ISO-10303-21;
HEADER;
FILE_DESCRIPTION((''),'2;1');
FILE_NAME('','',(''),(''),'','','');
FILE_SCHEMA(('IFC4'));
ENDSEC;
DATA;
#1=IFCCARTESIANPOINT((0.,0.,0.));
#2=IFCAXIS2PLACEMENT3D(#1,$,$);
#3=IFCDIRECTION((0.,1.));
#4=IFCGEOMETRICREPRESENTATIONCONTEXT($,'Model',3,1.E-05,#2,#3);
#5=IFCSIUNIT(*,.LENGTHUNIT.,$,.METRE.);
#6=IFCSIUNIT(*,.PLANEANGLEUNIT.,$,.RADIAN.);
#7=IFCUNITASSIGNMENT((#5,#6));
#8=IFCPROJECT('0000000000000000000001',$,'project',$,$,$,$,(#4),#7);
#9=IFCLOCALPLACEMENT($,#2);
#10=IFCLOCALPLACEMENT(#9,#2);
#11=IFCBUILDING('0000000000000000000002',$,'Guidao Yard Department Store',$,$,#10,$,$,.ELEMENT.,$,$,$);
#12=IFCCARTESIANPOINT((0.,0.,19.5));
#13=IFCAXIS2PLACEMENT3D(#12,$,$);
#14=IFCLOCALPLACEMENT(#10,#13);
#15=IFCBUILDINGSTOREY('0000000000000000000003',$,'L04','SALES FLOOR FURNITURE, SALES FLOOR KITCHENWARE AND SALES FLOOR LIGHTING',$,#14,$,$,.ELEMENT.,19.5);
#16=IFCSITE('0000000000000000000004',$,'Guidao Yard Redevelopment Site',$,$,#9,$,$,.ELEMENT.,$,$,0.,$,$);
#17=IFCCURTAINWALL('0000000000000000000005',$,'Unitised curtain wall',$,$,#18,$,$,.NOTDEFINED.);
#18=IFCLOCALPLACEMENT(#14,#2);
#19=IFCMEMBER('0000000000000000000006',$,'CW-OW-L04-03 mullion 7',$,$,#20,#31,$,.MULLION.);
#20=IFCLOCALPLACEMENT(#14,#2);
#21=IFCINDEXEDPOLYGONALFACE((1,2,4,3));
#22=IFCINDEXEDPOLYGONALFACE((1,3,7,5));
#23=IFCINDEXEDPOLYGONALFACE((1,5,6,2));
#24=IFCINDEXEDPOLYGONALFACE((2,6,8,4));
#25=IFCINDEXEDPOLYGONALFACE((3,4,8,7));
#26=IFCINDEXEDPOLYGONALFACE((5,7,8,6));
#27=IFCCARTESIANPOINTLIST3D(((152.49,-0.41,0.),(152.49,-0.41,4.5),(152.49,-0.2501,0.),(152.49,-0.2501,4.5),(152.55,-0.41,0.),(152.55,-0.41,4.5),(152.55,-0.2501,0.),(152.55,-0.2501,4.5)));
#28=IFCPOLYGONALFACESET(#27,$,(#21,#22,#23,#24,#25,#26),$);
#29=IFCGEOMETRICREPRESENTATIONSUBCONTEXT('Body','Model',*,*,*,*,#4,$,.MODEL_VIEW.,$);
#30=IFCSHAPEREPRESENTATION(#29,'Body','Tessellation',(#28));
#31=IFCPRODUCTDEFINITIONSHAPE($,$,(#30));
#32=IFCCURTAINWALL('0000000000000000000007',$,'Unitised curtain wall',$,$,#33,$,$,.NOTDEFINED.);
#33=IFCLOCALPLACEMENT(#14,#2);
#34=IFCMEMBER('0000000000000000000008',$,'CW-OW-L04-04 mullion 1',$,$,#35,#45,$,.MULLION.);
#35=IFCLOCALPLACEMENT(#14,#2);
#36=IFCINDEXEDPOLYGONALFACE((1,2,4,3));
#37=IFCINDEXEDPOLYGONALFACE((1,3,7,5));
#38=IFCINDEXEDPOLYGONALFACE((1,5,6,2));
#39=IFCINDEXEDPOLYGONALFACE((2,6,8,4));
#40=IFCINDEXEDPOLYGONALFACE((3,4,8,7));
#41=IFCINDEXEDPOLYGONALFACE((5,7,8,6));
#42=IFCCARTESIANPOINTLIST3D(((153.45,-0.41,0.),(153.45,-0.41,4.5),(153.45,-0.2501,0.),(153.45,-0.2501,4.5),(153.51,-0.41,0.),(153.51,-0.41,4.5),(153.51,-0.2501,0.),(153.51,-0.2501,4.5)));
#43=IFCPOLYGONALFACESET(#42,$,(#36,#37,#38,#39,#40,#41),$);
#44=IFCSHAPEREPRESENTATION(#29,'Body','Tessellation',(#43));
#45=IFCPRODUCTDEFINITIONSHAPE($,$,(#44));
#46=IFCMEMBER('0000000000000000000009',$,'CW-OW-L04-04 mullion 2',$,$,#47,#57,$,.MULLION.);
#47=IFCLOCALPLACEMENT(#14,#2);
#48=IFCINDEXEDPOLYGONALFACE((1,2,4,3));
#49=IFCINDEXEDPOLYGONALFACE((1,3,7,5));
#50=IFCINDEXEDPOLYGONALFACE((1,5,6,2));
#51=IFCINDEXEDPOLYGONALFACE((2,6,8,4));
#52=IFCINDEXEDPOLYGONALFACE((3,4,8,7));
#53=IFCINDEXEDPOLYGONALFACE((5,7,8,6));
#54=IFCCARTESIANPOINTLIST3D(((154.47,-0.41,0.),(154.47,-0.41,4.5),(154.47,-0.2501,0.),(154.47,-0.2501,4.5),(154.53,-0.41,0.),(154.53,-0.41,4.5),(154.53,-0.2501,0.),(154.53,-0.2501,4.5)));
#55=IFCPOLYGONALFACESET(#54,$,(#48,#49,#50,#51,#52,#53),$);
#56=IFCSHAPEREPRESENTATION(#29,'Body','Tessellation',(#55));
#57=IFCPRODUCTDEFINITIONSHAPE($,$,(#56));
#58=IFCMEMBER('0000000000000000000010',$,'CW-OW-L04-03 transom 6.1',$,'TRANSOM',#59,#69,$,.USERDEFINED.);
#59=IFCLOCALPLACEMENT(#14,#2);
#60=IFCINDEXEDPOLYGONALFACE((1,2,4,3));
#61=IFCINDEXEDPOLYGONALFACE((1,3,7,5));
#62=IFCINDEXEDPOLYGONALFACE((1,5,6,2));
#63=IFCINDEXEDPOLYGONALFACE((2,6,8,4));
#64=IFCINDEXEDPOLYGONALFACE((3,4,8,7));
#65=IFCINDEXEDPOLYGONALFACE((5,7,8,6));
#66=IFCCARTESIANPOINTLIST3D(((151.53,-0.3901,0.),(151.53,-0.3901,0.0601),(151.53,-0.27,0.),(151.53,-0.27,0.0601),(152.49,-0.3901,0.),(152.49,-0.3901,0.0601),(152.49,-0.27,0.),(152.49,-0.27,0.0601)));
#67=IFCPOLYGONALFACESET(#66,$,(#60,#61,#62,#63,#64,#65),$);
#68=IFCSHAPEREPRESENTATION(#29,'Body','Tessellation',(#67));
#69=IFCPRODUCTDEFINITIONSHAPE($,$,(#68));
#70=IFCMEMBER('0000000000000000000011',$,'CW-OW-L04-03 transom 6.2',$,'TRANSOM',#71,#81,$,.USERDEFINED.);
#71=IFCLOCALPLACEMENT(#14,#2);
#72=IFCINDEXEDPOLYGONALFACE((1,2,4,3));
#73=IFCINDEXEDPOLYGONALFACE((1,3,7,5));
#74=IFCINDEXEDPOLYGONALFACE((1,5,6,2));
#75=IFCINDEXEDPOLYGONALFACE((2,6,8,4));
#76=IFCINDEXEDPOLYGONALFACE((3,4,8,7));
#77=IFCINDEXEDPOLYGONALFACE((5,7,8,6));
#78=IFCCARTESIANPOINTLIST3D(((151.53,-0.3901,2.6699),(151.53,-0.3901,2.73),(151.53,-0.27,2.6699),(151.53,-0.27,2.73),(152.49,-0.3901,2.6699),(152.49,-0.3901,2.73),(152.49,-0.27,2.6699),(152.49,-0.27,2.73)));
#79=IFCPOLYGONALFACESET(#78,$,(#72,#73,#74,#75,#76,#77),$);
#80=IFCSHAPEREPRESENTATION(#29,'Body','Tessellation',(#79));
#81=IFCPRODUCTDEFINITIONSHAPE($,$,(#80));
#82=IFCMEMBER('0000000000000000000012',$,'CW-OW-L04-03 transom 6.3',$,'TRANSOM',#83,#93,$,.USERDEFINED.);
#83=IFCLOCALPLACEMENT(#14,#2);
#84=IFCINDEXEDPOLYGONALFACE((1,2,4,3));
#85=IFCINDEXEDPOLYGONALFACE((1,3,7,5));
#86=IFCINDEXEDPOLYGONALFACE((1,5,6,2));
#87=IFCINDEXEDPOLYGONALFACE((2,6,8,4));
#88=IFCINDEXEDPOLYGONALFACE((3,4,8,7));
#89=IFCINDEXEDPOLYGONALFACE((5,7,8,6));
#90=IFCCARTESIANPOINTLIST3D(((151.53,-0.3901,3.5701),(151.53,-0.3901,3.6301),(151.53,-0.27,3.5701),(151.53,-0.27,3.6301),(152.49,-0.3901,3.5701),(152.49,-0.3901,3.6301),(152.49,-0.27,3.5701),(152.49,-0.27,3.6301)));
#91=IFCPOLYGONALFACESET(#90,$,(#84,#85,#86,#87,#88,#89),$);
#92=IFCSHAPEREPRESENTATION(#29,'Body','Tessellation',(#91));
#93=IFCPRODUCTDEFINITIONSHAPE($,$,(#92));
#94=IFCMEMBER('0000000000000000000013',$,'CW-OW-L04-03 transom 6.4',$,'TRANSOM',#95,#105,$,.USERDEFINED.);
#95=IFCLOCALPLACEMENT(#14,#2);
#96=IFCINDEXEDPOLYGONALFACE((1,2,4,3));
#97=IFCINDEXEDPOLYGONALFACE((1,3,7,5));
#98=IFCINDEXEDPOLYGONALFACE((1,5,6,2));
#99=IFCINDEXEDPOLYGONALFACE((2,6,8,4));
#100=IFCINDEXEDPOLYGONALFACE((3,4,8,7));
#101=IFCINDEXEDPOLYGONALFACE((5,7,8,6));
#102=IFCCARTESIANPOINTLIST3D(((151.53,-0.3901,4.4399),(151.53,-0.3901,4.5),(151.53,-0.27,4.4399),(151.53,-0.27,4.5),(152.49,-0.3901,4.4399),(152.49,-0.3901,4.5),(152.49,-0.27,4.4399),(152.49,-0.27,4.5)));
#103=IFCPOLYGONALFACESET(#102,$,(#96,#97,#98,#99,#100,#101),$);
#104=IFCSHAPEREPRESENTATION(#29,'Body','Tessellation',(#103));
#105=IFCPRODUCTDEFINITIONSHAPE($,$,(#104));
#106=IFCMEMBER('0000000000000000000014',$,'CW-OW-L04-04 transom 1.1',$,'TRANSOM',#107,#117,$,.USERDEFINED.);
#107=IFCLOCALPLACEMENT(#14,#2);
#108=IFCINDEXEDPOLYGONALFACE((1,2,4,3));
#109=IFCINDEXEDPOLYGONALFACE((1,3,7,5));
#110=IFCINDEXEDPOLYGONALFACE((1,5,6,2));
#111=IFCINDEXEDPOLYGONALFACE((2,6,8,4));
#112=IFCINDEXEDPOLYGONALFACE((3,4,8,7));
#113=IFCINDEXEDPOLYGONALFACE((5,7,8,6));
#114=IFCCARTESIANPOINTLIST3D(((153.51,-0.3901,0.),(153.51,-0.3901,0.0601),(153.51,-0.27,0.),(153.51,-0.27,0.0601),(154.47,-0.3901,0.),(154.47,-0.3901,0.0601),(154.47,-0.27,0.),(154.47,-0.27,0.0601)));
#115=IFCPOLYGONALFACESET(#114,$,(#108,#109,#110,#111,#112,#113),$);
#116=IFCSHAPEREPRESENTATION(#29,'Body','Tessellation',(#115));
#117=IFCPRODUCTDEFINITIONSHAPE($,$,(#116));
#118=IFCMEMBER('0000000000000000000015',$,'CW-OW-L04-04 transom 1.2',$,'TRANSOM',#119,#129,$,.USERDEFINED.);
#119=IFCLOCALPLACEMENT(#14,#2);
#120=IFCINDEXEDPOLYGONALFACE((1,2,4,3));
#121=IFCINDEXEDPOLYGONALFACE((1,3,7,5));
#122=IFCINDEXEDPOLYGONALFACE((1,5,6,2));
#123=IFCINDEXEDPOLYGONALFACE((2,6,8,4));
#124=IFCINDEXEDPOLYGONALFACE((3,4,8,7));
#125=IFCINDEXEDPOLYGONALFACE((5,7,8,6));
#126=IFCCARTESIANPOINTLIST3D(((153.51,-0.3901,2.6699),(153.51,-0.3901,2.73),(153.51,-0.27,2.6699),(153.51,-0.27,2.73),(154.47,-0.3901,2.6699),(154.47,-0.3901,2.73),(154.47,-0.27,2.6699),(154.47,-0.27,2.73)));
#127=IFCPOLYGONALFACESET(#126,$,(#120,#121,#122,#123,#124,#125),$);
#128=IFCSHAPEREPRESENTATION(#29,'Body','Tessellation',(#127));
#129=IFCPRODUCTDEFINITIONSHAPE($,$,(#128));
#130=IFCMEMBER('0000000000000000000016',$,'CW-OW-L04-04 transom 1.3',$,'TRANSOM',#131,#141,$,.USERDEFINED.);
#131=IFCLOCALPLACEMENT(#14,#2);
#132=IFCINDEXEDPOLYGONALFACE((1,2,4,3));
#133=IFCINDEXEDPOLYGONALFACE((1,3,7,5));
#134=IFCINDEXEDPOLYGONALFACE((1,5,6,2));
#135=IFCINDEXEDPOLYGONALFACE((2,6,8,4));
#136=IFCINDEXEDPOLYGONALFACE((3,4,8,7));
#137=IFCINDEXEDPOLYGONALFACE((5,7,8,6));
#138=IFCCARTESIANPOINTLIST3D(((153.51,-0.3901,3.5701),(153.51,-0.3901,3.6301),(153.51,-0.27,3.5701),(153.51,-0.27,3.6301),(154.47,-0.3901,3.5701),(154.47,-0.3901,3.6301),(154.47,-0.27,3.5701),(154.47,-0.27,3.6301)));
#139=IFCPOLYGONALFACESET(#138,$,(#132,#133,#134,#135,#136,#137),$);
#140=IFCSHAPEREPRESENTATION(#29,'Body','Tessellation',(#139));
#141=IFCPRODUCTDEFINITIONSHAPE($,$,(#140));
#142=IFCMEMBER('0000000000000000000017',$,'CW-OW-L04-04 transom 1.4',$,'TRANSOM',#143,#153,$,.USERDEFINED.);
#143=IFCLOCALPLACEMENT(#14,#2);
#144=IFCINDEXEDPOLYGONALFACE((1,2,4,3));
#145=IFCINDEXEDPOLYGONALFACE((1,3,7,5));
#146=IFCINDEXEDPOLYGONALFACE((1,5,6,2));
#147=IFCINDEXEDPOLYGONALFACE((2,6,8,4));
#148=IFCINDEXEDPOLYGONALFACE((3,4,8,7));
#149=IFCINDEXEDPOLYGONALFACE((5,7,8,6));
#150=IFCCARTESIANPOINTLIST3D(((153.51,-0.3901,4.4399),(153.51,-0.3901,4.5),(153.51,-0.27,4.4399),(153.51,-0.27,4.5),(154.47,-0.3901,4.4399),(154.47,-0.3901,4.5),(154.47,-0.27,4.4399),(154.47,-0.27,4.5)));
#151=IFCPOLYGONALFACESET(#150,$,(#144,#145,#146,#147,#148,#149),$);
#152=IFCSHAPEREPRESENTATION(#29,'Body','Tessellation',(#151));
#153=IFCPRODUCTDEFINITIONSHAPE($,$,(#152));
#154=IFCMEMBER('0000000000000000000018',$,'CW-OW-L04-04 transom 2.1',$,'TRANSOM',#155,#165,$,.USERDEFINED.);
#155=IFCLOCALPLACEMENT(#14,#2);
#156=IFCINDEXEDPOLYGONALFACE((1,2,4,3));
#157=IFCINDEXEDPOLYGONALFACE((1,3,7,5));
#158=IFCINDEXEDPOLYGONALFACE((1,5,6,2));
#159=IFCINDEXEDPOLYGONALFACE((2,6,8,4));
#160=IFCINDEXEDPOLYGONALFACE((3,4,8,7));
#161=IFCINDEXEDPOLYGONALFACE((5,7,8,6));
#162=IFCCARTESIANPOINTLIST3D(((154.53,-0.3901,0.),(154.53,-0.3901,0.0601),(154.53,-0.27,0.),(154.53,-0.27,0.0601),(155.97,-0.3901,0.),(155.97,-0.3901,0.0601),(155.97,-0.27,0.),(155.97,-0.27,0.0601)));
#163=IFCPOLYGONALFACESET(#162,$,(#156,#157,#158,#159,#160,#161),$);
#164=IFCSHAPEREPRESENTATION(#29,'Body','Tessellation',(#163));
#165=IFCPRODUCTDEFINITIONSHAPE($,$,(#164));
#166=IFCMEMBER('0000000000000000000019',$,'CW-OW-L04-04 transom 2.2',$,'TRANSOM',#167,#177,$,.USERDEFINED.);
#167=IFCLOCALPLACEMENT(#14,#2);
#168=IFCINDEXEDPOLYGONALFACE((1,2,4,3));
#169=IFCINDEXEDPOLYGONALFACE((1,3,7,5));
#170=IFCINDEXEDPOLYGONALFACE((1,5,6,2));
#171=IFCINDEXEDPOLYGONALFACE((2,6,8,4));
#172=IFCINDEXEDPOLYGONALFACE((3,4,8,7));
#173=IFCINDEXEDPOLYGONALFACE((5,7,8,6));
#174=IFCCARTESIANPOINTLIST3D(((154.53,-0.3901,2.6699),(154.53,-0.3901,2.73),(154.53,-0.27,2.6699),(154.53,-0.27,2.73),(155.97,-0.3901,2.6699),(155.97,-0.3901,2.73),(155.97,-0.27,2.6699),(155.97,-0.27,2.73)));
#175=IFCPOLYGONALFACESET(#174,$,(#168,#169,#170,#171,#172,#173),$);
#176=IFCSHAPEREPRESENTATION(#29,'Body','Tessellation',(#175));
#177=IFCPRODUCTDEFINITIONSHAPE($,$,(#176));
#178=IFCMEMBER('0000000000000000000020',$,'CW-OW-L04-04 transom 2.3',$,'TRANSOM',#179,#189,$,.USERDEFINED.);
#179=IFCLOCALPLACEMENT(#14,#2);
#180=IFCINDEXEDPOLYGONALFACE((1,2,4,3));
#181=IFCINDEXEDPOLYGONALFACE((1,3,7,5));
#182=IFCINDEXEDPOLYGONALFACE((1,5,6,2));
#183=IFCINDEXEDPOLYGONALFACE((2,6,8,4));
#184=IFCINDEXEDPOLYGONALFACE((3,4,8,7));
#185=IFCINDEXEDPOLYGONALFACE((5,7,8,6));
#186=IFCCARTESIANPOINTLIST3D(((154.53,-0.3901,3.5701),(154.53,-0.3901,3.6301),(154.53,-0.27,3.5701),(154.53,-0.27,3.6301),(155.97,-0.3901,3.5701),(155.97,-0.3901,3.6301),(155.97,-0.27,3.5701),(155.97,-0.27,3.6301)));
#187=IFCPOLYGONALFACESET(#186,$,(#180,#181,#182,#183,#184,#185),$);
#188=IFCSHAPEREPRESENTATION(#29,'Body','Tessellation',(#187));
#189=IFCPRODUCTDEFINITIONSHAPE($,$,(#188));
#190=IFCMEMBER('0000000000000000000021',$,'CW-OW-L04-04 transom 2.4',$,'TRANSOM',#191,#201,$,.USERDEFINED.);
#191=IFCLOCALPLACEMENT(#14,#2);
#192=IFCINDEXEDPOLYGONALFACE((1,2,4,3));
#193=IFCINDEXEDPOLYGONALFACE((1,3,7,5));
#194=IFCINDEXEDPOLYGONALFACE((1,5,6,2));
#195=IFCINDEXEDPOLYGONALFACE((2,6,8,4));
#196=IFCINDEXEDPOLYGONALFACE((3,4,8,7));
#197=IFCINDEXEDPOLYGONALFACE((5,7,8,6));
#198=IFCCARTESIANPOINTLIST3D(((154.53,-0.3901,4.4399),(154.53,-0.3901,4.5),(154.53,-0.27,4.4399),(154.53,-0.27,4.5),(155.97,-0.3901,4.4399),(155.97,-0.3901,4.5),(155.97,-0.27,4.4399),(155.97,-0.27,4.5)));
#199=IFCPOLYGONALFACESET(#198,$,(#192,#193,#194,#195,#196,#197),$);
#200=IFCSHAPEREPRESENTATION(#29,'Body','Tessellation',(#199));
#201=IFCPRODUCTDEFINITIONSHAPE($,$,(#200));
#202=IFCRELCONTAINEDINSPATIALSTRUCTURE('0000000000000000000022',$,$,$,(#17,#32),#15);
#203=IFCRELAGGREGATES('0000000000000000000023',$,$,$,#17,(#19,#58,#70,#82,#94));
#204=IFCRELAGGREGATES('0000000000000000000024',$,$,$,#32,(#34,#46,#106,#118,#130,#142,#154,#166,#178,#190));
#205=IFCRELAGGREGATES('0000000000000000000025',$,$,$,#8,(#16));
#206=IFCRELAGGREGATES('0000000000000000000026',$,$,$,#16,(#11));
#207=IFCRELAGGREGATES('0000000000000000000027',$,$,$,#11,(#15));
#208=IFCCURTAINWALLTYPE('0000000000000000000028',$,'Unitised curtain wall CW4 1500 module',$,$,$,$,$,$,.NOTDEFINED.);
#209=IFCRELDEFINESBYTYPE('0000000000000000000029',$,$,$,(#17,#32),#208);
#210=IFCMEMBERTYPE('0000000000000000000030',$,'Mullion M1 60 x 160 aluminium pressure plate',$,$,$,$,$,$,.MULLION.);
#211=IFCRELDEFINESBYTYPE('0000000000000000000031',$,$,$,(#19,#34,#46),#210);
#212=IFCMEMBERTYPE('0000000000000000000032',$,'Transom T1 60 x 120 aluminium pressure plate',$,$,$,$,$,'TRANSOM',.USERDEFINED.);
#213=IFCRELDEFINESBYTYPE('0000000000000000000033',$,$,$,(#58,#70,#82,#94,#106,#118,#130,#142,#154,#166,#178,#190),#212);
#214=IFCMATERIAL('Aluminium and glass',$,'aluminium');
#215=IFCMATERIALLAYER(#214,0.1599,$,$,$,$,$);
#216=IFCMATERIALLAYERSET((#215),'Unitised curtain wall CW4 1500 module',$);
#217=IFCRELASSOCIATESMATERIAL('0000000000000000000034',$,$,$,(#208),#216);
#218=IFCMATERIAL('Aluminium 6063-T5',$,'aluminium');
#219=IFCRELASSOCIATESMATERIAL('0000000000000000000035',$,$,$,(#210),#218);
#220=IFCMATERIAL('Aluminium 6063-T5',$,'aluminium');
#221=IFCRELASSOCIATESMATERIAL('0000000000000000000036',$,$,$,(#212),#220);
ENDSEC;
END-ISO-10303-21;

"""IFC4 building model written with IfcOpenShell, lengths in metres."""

from ifc_helpers import new_model, si_unit, direction, frame, origin, origin_2d, place, context, subcontext, project, spatial, rectangle, extrude, material, layer, layer_set, material_profile, profile_set, type_object, element, aggregate, save


model = new_model("IFC4")

# Units and contexts
model_context = context("Model", 3, precision=1e-05, world=origin(), true_north=direction((0.0, 1.0)))
body_context = subcontext(model_context, "Body", "Model", "MODEL_VIEW")
ifc_project = project(units=[si_unit("LENGTHUNIT", "METRE"), si_unit("PLANEANGLEUNIT", "RADIAN")], contexts=[model_context])

# Site, building, storey
site_placement = place(None, origin())
site = spatial("IfcSite", under=ifc_project, at=site_placement, Name="Guidao Yard Redevelopment Site", CompositionType="ELEMENT", RefElevation=0.0)
building_placement = place(site_placement, origin())
building = spatial("IfcBuilding", under=site, at=building_placement, Name="Guidao Yard Department Store", CompositionType="ELEMENT")
storey_placement = place(building_placement, frame((0.0, 0.0, 19.5)))
storey = spatial("IfcBuildingStorey", under=building, at=storey_placement, Name="L04", Description="SALES FLOOR FURNITURE, SALES FLOOR KITCHENWARE AND SALES FLOOR LIGHTING", CompositionType="ELEMENT", Elevation=19.5)

# Curtain wall, member
ifc_material_1 = material(Name="Aluminium and glass", Category="aluminium")
ifc_layer_1 = layer(ifc_material_1, 0.1599)
ifc_layer_set_1 = layer_set([ifc_layer_1], Name="Unitised curtain wall CW4 1500 module")
curtain_wall_type = type_object("IfcCurtainWallType", Name="Unitised curtain wall CW4 1500 module", PredefinedType="NOTDEFINED", material=ifc_layer_set_1)
curtain_wall_1_placement = place(storey_placement, origin())
curtain_wall_1 = element("IfcCurtainWall", 1, at=curtain_wall_1_placement, inside=storey, type_object=curtain_wall_type, Name="Unitised curtain wall", PredefinedType="NOTDEFINED")
ifc_material_2 = material(Name="Aluminium 6063-T5", Category="aluminium")
ifc_material_profile_1 = material_profile(ifc_material_2, rectangle(XDim=0.0601, YDim=0.1599, at=origin_2d()), Name="Mullion M1 60 x 160 aluminium pressure plate")
ifc_profile_set_1 = profile_set([ifc_material_profile_1], Name="Aluminium 6063-T5")
member_type_1 = type_object("IfcMemberType", Name="Mullion M1 60 x 160 aluminium pressure plate", PredefinedType="MULLION", material=ifc_profile_set_1)
member_1_placement = place(storey_placement, frame((152.52, -0.3301, 0.0), z_axis=(0.0, 0.0, 1.0), x_axis=(-1.0, 0.0, 0.0)))
member_1 = element("IfcMember", 2, at=member_1_placement, type_object=member_type_1, Name="CW-OW-L04-03 mullion 7", PredefinedType="MULLION", context=body_context, shape_type="SweptSolid", body=[
    extrude(rectangle(XDim=0.0601, YDim=0.1599, at=origin_2d()), origin(), (0.0, 0.0, 1.0), 4.5),
])

# Curtain wall, members
curtain_wall_2_placement = place(storey_placement, origin())
curtain_wall_2 = element("IfcCurtainWall", 3, at=curtain_wall_2_placement, inside=storey, type_object=curtain_wall_type, Name="Unitised curtain wall", PredefinedType="NOTDEFINED")
member_2_placement = place(storey_placement, frame((153.48, -0.3301, 0.0), z_axis=(0.0, 0.0, 1.0), x_axis=(-1.0, 0.0, 0.0)))
member_2 = element("IfcMember", 4, at=member_2_placement, type_object=member_type_1, Name="CW-OW-L04-04 mullion 1", PredefinedType="MULLION", context=body_context, shape_type="SweptSolid", body=[
    extrude(rectangle(XDim=0.0601, YDim=0.1599, at=origin_2d()), origin(), (0.0, 0.0, 1.0), 4.5),
])
member_3_placement = place(storey_placement, frame((154.5, -0.3301, 0.0), z_axis=(0.0, 0.0, 1.0), x_axis=(-1.0, 0.0, 0.0)))
member_3 = element("IfcMember", 5, at=member_3_placement, type_object=member_type_1, Name="CW-OW-L04-04 mullion 2", PredefinedType="MULLION", context=body_context, shape_type="SweptSolid", body=[
    extrude(rectangle(XDim=0.0601, YDim=0.1599, at=origin_2d()), origin(), (0.0, 0.0, 1.0), 4.5),
])

# Members
ifc_material_3 = material(Name="Aluminium 6063-T5", Category="aluminium")
ifc_material_profile_2 = material_profile(ifc_material_3, rectangle(XDim=0.1201, YDim=0.0601, at=origin_2d()), Name="Transom T1 60 x 120 aluminium pressure plate")
ifc_profile_set_2 = profile_set([ifc_material_profile_2], Name="Aluminium 6063-T5")
member_type_2 = type_object("IfcMemberType", Name="Transom T1 60 x 120 aluminium pressure plate", ElementType="TRANSOM", PredefinedType="USERDEFINED", material=ifc_profile_set_2)
member_4_placement = place(storey_placement, frame((152.49, -0.3301, 0.03), z_axis=(-1.0, 0.0, 0.0), x_axis=(0.0, -1.0, 0.0)))
member_4 = element("IfcMember", 6, at=member_4_placement, type_object=member_type_2, Name="CW-OW-L04-03 transom 6.1", ObjectType="TRANSOM", PredefinedType="USERDEFINED", context=body_context, shape_type="SweptSolid", body=[
    extrude(rectangle(XDim=0.1201, YDim=0.0601, at=origin_2d()), origin(), (0.0, 0.0, 1.0), 0.96),
])
member_5_placement = place(storey_placement, frame((152.49, -0.3301, 2.7), z_axis=(-1.0, 0.0, 0.0), x_axis=(0.0, -1.0, 0.0)))
member_5 = element("IfcMember", 7, at=member_5_placement, type_object=member_type_2, Name="CW-OW-L04-03 transom 6.2", ObjectType="TRANSOM", PredefinedType="USERDEFINED", context=body_context, shape_type="SweptSolid", body=[
    extrude(rectangle(XDim=0.1201, YDim=0.0601, at=origin_2d()), origin(), (0.0, 0.0, 1.0), 0.96),
])
member_6_placement = place(storey_placement, frame((152.49, -0.3301, 3.6001), z_axis=(-1.0, 0.0, 0.0), x_axis=(0.0, -1.0, 0.0)))
member_6 = element("IfcMember", 8, at=member_6_placement, type_object=member_type_2, Name="CW-OW-L04-03 transom 6.3", ObjectType="TRANSOM", PredefinedType="USERDEFINED", context=body_context, shape_type="SweptSolid", body=[
    extrude(rectangle(XDim=0.1201, YDim=0.0601, at=origin_2d()), origin(), (0.0, 0.0, 1.0), 0.96),
])
member_7_placement = place(storey_placement, frame((152.49, -0.3301, 4.47), z_axis=(-1.0, 0.0, 0.0), x_axis=(0.0, -1.0, 0.0)))
member_7 = element("IfcMember", 9, at=member_7_placement, type_object=member_type_2, Name="CW-OW-L04-03 transom 6.4", ObjectType="TRANSOM", PredefinedType="USERDEFINED", context=body_context, shape_type="SweptSolid", body=[
    extrude(rectangle(XDim=0.1201, YDim=0.0601, at=origin_2d()), origin(), (0.0, 0.0, 1.0), 0.96),
])
aggregate(curtain_wall_1, [member_1, member_4, member_5, member_6, member_7])
member_8_placement = place(storey_placement, frame((154.47, -0.3301, 0.03), z_axis=(-1.0, 0.0, 0.0), x_axis=(0.0, -1.0, 0.0)))
member_8 = element("IfcMember", 10, at=member_8_placement, type_object=member_type_2, Name="CW-OW-L04-04 transom 1.1", ObjectType="TRANSOM", PredefinedType="USERDEFINED", context=body_context, shape_type="SweptSolid", body=[
    extrude(rectangle(XDim=0.1201, YDim=0.0601, at=origin_2d()), origin(), (0.0, 0.0, 1.0), 0.96),
])
member_9_placement = place(storey_placement, frame((154.47, -0.3301, 2.7), z_axis=(-1.0, 0.0, 0.0), x_axis=(0.0, -1.0, 0.0)))
member_9 = element("IfcMember", 11, at=member_9_placement, type_object=member_type_2, Name="CW-OW-L04-04 transom 1.2", ObjectType="TRANSOM", PredefinedType="USERDEFINED", context=body_context, shape_type="SweptSolid", body=[
    extrude(rectangle(XDim=0.1201, YDim=0.0601, at=origin_2d()), origin(), (0.0, 0.0, 1.0), 0.96),
])
member_10_placement = place(storey_placement, frame((154.47, -0.3301, 3.6001), z_axis=(-1.0, 0.0, 0.0), x_axis=(0.0, -1.0, 0.0)))
member_10 = element("IfcMember", 12, at=member_10_placement, type_object=member_type_2, Name="CW-OW-L04-04 transom 1.3", ObjectType="TRANSOM", PredefinedType="USERDEFINED", context=body_context, shape_type="SweptSolid", body=[
    extrude(rectangle(XDim=0.1201, YDim=0.0601, at=origin_2d()), origin(), (0.0, 0.0, 1.0), 0.96),
])
member_11_placement = place(storey_placement, frame((154.47, -0.3301, 4.47), z_axis=(-1.0, 0.0, 0.0), x_axis=(0.0, -1.0, 0.0)))
member_11 = element("IfcMember", 13, at=member_11_placement, type_object=member_type_2, Name="CW-OW-L04-04 transom 1.4", ObjectType="TRANSOM", PredefinedType="USERDEFINED", context=body_context, shape_type="SweptSolid", body=[
    extrude(rectangle(XDim=0.1201, YDim=0.0601, at=origin_2d()), origin(), (0.0, 0.0, 1.0), 0.96),
])
member_12_placement = place(storey_placement, frame((155.97, -0.3301, 0.03), z_axis=(-1.0, 0.0, 0.0), x_axis=(0.0, -1.0, 0.0)))
member_12 = element("IfcMember", 14, at=member_12_placement, type_object=member_type_2, Name="CW-OW-L04-04 transom 2.1", ObjectType="TRANSOM", PredefinedType="USERDEFINED", context=body_context, shape_type="SweptSolid", body=[
    extrude(rectangle(XDim=0.1201, YDim=0.0601, at=origin_2d()), origin(), (0.0, 0.0, 1.0), 1.4399),
])
member_13_placement = place(storey_placement, frame((155.97, -0.3301, 2.7), z_axis=(-1.0, 0.0, 0.0), x_axis=(0.0, -1.0, 0.0)))
member_13 = element("IfcMember", 15, at=member_13_placement, type_object=member_type_2, Name="CW-OW-L04-04 transom 2.2", ObjectType="TRANSOM", PredefinedType="USERDEFINED", context=body_context, shape_type="SweptSolid", body=[
    extrude(rectangle(XDim=0.1201, YDim=0.0601, at=origin_2d()), origin(), (0.0, 0.0, 1.0), 1.4399),
])
member_14_placement = place(storey_placement, frame((155.97, -0.3301, 3.6001), z_axis=(-1.0, 0.0, 0.0), x_axis=(0.0, -1.0, 0.0)))
member_14 = element("IfcMember", 16, at=member_14_placement, type_object=member_type_2, Name="CW-OW-L04-04 transom 2.3", ObjectType="TRANSOM", PredefinedType="USERDEFINED", context=body_context, shape_type="SweptSolid", body=[
    extrude(rectangle(XDim=0.1201, YDim=0.0601, at=origin_2d()), origin(), (0.0, 0.0, 1.0), 1.4399),
])
member_15_placement = place(storey_placement, frame((155.97, -0.3301, 4.47), z_axis=(-1.0, 0.0, 0.0), x_axis=(0.0, -1.0, 0.0)))
member_15 = element("IfcMember", 17, at=member_15_placement, type_object=member_type_2, Name="CW-OW-L04-04 transom 2.4", ObjectType="TRANSOM", PredefinedType="USERDEFINED", context=body_context, shape_type="SweptSolid", body=[
    extrude(rectangle(XDim=0.1201, YDim=0.0601, at=origin_2d()), origin(), (0.0, 0.0, 1.0), 1.4399),
])

aggregate(curtain_wall_2, [member_2, member_3, member_8, member_9, member_10, member_11, member_12, member_13, member_14, member_15])

save(model, "model.ifc")
